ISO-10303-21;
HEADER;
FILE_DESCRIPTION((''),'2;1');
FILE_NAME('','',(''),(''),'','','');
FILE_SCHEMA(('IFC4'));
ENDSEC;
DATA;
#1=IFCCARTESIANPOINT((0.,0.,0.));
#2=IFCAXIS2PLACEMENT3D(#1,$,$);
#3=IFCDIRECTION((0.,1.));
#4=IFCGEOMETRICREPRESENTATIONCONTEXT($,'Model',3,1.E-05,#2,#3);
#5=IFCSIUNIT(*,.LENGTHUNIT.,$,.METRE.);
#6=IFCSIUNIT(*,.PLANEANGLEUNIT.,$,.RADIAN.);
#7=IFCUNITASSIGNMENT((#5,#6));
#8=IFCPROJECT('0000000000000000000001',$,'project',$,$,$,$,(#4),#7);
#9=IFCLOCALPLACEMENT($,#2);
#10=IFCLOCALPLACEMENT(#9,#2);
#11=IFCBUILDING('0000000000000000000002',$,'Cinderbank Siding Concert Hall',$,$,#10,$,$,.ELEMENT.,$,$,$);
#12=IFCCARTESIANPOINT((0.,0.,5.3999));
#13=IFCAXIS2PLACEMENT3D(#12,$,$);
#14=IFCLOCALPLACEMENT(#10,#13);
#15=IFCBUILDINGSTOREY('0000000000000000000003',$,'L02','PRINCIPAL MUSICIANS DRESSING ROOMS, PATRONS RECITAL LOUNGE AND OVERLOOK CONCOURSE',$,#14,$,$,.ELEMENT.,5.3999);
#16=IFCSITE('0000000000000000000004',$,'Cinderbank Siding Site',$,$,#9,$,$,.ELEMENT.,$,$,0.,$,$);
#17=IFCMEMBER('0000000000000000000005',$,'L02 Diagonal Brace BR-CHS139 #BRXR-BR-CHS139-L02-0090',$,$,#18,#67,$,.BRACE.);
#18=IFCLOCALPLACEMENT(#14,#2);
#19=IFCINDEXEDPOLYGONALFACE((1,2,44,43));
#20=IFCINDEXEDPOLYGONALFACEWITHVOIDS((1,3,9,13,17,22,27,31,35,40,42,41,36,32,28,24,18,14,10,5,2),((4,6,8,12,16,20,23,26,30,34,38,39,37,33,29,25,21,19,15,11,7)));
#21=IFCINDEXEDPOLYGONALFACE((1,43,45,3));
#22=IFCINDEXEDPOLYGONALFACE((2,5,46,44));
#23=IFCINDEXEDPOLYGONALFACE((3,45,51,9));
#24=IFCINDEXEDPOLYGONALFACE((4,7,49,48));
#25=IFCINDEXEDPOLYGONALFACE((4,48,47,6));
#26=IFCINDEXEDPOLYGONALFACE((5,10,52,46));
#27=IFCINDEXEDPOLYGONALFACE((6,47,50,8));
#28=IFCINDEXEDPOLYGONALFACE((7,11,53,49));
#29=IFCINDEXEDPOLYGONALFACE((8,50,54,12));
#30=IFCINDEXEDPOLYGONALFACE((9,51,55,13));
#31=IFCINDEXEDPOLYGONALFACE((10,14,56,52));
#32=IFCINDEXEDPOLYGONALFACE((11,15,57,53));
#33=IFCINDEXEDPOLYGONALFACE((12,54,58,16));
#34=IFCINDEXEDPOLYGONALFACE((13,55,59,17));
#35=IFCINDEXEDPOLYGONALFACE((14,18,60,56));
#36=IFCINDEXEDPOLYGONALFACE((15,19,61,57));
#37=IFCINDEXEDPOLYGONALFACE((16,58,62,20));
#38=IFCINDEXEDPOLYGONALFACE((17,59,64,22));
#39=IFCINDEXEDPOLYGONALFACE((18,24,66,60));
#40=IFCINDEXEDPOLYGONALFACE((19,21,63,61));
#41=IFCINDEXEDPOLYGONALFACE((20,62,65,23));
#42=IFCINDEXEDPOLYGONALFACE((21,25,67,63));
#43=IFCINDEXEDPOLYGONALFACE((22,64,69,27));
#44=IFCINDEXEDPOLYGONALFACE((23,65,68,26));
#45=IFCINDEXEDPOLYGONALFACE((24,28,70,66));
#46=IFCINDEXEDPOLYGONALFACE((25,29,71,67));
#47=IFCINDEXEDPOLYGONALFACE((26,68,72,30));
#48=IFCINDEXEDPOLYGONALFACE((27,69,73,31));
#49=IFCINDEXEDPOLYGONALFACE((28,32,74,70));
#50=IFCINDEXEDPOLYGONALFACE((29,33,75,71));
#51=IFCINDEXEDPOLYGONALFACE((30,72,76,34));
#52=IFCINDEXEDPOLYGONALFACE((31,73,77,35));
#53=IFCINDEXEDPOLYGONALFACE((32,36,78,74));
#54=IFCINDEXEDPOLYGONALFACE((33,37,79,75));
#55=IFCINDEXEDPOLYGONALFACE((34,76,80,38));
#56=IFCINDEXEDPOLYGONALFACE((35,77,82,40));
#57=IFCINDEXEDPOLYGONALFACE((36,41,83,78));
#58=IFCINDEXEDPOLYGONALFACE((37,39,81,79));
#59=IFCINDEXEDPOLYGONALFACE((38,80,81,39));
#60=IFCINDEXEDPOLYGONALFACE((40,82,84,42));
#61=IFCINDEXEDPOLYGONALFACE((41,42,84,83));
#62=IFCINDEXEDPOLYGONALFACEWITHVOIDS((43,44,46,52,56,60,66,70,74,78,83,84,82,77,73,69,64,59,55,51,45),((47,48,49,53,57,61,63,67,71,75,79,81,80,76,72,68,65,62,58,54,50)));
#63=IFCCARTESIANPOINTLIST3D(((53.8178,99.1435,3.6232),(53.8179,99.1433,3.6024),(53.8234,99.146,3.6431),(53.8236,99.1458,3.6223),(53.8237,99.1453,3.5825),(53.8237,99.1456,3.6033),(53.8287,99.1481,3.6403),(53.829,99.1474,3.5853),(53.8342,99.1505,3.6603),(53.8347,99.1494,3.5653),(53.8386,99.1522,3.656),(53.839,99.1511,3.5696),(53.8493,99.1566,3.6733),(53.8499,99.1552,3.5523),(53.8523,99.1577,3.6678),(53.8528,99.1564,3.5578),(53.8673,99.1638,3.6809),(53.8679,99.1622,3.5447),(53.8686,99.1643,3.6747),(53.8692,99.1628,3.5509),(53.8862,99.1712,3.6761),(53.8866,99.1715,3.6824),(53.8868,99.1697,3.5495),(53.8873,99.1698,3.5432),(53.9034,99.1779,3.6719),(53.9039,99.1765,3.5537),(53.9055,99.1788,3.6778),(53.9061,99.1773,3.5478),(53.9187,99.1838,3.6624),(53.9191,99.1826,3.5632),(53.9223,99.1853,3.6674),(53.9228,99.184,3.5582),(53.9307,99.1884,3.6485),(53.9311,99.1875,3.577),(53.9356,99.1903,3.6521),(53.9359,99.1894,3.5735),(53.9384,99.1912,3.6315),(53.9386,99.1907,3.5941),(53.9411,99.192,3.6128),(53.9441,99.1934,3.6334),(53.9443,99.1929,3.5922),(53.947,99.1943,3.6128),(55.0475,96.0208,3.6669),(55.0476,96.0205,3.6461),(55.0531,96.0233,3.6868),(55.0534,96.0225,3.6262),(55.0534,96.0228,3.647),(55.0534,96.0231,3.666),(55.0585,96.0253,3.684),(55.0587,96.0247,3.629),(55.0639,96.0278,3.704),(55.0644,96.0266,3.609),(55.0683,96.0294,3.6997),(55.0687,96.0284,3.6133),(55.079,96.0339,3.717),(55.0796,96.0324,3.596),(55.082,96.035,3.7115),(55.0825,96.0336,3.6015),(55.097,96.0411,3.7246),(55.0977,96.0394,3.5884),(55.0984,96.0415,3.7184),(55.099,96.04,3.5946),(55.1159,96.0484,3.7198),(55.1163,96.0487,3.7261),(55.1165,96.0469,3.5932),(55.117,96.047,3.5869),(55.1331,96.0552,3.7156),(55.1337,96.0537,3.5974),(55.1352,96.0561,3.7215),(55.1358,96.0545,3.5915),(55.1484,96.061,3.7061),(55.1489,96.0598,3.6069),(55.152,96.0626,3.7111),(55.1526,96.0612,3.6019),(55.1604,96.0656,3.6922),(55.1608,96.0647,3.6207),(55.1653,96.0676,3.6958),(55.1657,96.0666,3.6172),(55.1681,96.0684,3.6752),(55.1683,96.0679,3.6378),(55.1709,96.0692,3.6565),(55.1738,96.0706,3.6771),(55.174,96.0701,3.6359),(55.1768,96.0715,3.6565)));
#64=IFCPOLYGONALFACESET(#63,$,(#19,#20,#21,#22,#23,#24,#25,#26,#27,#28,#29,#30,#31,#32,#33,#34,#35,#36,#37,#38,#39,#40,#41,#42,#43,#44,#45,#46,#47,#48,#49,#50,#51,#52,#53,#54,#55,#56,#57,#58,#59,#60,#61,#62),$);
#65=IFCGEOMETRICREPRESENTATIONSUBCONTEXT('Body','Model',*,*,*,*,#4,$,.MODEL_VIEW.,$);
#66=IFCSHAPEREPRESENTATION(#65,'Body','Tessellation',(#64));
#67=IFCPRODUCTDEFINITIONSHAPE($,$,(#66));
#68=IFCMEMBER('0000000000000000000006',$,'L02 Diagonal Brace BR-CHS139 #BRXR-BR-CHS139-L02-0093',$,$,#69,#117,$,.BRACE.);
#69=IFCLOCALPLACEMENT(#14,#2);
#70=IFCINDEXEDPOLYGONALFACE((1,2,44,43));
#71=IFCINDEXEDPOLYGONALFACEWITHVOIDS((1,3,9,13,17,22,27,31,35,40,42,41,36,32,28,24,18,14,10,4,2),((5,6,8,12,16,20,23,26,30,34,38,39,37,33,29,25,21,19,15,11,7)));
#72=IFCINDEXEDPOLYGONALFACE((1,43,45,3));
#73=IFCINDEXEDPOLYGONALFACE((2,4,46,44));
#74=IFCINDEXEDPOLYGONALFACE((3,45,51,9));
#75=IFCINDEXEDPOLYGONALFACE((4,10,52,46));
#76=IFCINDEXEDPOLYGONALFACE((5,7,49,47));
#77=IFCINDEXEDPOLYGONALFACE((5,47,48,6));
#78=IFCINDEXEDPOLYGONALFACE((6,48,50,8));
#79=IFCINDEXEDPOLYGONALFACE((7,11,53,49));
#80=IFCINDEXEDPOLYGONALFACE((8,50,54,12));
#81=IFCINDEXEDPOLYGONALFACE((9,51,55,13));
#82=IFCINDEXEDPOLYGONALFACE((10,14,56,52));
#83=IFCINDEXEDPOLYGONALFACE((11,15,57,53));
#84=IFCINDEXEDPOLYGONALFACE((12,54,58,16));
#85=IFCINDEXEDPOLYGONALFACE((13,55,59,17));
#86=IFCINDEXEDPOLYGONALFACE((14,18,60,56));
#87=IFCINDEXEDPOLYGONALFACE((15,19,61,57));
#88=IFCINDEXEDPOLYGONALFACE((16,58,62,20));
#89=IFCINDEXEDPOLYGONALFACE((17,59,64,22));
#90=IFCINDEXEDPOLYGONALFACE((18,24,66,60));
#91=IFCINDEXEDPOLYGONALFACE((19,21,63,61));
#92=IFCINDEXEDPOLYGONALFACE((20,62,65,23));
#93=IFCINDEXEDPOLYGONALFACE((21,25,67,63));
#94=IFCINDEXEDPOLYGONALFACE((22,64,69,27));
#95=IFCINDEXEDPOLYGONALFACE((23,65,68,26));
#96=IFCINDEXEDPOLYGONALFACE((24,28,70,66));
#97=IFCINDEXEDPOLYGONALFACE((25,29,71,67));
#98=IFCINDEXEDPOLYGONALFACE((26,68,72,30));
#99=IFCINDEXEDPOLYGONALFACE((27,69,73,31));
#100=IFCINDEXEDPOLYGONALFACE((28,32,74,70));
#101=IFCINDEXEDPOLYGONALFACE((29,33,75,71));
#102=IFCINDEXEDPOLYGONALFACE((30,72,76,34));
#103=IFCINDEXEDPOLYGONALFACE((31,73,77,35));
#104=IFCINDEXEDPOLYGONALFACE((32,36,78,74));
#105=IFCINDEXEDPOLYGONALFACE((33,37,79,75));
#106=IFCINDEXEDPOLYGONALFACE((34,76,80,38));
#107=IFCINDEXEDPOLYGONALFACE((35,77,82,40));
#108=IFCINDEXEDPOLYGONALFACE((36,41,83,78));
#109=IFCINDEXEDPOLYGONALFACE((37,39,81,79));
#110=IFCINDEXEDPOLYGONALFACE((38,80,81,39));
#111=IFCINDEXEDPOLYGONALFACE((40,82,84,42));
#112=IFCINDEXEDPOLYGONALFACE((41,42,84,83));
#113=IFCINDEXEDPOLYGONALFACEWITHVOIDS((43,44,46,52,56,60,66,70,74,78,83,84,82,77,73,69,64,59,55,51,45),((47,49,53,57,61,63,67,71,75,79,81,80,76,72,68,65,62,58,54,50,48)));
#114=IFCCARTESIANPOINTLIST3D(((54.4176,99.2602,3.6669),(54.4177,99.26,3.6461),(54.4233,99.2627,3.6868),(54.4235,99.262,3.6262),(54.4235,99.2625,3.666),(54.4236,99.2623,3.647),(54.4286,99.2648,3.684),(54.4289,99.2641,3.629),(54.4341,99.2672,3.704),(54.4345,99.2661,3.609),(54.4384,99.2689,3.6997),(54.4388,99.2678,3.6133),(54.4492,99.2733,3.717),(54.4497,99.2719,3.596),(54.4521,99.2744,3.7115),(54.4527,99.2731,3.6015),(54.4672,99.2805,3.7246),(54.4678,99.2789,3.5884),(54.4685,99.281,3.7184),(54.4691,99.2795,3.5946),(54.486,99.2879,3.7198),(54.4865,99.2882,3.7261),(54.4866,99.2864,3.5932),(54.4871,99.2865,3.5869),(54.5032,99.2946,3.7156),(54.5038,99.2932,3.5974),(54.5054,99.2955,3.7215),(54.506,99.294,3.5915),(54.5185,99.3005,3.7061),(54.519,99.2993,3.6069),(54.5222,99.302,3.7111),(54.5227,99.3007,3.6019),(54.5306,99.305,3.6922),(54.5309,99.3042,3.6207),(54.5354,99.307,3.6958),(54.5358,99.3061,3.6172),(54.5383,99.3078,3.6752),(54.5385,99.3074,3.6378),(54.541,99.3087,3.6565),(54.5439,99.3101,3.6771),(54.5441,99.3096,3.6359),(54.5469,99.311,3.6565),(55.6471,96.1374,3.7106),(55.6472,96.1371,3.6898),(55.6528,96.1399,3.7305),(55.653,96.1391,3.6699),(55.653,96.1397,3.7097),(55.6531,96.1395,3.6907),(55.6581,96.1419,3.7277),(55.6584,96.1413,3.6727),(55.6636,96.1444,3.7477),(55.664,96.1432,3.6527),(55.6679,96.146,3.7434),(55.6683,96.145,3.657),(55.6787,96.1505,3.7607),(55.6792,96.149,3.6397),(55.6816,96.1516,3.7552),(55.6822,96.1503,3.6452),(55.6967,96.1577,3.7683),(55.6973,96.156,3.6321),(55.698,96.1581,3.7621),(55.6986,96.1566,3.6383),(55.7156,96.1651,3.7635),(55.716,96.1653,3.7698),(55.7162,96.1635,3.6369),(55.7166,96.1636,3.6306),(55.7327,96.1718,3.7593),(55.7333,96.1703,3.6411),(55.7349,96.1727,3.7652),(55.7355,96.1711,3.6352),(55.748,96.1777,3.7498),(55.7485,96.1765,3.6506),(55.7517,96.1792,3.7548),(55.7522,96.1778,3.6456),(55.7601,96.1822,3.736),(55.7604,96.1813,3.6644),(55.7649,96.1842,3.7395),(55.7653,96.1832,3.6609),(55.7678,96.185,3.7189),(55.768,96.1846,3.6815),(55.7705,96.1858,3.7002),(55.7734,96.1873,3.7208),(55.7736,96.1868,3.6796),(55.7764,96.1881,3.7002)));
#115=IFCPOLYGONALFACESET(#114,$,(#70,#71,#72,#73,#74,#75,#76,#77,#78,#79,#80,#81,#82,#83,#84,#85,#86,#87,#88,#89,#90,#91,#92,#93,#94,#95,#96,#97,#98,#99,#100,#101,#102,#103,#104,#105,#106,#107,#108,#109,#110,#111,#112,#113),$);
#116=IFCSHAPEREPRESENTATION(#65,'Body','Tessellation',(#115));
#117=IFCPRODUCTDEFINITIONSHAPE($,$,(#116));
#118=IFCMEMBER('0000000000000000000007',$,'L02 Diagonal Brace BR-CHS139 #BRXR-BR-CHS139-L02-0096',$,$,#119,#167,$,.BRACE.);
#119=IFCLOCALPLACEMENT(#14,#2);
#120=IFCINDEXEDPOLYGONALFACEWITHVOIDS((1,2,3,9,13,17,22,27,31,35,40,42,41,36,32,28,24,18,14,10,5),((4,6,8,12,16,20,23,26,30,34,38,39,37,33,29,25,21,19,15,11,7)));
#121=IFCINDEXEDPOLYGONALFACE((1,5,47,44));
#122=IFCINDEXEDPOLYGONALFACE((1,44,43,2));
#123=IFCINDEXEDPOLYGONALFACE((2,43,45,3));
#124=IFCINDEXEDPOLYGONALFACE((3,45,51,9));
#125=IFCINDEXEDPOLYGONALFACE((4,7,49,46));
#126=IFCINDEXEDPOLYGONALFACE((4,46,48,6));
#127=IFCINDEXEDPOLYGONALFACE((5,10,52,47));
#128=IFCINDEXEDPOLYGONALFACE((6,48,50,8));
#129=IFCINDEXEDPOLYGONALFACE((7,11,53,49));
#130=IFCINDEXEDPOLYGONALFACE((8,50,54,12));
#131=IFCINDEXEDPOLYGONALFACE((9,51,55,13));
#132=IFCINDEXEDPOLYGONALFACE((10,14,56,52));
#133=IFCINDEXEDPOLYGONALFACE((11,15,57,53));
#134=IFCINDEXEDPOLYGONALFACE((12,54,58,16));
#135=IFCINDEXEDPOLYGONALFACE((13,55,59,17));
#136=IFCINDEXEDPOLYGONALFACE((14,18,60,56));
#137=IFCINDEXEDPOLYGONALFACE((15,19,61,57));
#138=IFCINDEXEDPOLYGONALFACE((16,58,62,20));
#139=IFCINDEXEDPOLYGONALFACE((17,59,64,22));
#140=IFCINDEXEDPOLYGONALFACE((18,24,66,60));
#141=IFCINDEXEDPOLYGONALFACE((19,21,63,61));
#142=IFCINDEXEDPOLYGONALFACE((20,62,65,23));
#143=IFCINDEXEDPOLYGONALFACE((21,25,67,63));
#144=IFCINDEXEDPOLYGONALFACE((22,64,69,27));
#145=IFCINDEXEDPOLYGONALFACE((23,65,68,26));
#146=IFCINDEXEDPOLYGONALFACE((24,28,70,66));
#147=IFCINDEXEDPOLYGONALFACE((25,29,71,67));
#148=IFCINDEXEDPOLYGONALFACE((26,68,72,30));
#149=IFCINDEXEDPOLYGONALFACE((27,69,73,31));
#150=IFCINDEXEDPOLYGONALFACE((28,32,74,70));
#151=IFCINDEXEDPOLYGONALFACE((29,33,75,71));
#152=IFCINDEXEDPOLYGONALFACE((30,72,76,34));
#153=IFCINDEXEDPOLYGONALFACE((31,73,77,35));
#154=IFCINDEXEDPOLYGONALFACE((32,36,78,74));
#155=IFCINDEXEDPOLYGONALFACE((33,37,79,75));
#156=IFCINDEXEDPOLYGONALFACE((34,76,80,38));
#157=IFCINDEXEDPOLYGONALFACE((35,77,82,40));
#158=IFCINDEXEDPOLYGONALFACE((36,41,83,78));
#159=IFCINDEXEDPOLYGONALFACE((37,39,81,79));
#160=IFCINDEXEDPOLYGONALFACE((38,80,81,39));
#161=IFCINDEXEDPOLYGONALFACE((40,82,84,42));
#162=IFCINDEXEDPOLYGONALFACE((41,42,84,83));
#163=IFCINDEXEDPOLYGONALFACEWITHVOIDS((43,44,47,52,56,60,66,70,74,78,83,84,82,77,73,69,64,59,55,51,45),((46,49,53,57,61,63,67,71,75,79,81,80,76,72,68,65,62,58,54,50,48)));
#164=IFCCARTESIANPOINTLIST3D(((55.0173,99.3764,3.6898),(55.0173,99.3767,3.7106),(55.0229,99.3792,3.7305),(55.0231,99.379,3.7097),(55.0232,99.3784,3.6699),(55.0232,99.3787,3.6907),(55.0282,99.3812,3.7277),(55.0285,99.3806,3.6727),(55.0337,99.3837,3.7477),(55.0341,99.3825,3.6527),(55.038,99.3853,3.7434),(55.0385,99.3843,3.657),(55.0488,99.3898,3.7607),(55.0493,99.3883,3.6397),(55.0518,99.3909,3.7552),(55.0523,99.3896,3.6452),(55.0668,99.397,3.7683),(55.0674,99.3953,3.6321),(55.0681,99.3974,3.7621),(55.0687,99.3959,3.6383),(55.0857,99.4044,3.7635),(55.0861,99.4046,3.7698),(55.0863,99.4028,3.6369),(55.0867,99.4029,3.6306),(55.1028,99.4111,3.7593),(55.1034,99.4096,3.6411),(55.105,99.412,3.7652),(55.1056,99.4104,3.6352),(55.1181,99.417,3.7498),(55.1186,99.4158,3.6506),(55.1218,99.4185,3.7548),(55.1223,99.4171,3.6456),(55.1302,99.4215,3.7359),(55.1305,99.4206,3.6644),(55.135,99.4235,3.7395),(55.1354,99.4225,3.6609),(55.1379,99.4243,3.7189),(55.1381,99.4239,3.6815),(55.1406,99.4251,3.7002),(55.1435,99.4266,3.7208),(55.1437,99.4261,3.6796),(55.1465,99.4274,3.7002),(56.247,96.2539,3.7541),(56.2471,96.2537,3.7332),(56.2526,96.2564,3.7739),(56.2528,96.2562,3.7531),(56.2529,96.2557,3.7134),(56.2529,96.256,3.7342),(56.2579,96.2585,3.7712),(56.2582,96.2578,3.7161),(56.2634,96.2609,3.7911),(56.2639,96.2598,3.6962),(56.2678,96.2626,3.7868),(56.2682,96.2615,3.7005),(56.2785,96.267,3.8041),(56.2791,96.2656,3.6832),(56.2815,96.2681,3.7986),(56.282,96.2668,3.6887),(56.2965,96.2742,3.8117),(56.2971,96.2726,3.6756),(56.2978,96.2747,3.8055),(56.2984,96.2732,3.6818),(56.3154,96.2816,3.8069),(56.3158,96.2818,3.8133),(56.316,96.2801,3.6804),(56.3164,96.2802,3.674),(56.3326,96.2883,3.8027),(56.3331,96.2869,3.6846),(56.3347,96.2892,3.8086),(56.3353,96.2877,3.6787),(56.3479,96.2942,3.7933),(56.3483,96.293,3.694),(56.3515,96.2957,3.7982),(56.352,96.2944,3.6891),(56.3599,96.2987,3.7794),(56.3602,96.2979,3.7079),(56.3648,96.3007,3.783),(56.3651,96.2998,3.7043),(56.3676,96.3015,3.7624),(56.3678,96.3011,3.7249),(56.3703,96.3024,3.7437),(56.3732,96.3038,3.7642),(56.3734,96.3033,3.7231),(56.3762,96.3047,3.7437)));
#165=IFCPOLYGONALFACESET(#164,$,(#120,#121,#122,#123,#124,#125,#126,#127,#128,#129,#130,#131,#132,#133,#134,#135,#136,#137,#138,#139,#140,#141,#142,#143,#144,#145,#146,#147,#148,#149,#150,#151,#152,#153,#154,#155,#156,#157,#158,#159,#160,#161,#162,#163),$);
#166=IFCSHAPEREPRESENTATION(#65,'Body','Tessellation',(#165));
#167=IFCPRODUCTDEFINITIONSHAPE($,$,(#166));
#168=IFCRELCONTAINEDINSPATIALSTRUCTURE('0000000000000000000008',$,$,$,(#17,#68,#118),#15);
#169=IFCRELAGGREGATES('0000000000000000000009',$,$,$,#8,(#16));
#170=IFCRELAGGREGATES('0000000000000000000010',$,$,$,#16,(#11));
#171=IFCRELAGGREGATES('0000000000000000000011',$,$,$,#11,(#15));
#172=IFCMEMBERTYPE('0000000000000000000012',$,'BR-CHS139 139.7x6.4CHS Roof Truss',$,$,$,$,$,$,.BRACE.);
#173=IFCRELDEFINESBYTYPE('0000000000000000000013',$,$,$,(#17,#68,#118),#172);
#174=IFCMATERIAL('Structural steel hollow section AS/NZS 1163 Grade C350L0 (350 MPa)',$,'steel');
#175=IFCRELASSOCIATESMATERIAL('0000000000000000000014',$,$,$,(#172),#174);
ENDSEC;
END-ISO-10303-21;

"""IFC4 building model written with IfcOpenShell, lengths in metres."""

from ifc_helpers import new_model, si_unit, direction, frame, origin, origin_2d, place, context, subcontext, project, spatial, hollow_circle, extrude, material, material_profile, profile_set, type_object, element, save


model = new_model("IFC4")

# Units and contexts
model_context = context("Model", 3, precision=1e-05, world=origin(), true_north=direction((0.0, 1.0)))
body_context = subcontext(model_context, "Body", "Model", "MODEL_VIEW")
ifc_project = project(units=[si_unit("LENGTHUNIT", "METRE"), si_unit("PLANEANGLEUNIT", "RADIAN")], contexts=[model_context])

# Site, building, storey
site_placement = place(None, origin())
site = spatial("IfcSite", under=ifc_project, at=site_placement, Name="Cinderbank Siding Site", CompositionType="ELEMENT", RefElevation=0.0)
building_placement = place(site_placement, origin())
building = spatial("IfcBuilding", under=site, at=building_placement, Name="Cinderbank Siding Concert Hall", CompositionType="ELEMENT")
storey_placement = place(building_placement, frame((0.0, 0.0, 5.3999)))
storey = spatial("IfcBuildingStorey", under=building, at=storey_placement, Name="L02", Description="PRINCIPAL MUSICIANS DRESSING ROOMS, PATRONS RECITAL LOUNGE AND OVERLOOK CONCOURSE", CompositionType="ELEMENT", Elevation=5.3999)

# Members
ifc_material_1 = material(Name="Structural steel hollow section AS/NZS 1163 Grade C350L0 (350 MPa)", Category="steel")
ifc_material_profile_1 = material_profile(ifc_material_1, hollow_circle(Radius=0.0698, WallThickness=0.0063, at=origin_2d()), Name="139.7x6.4CHS", Category="LoadBearing")
ifc_profile_set_1 = profile_set([ifc_material_profile_1], Name="Structural steel hollow section AS/NZS 1163 Grade C350L0 (350 MPa)")
member_type_1 = type_object("IfcMemberType", Name="BR-CHS139 139.7x6.4CHS Roof Truss", PredefinedType="BRACE", material=ifc_profile_set_1)
for number, where, z_axis, x_axis, name in (
    (1, (53.8821, 99.1687, 3.6128), (0.366375, -0.930376, 0.01302), (0.930455, 0.366406, 0.0), "L02 Diagonal Brace BR-CHS139 #BRXR-BR-CHS139-L02-0090"),
    (2, (54.4819, 99.2854, 3.6565), (0.366312, -0.930401, 0.01302), (0.93048, 0.366343, 0.0), "L02 Diagonal Brace BR-CHS139 #BRXR-BR-CHS139-L02-0093"),
    (3, (55.0815, 99.4019, 3.7002), (0.366375, -0.930377, 0.012947), (0.930455, 0.366406, 0.0), "L02 Diagonal Brace BR-CHS139 #BRXR-BR-CHS139-L02-0096"),
):
    element("IfcMember", number, at=place(storey_placement, frame(where, z_axis=z_axis, x_axis=x_axis)), inside=storey, type_object=member_type_1, Name=name, PredefinedType="BRACE", context=body_context, shape_type="SweptSolid", body=[
        extrude(hollow_circle(Radius=0.0698, WallThickness=0.0063, at=origin_2d()), origin(), (0.0, 0.0, 1.0), 3.3564),
    ])

save(model, "model.ifc")
